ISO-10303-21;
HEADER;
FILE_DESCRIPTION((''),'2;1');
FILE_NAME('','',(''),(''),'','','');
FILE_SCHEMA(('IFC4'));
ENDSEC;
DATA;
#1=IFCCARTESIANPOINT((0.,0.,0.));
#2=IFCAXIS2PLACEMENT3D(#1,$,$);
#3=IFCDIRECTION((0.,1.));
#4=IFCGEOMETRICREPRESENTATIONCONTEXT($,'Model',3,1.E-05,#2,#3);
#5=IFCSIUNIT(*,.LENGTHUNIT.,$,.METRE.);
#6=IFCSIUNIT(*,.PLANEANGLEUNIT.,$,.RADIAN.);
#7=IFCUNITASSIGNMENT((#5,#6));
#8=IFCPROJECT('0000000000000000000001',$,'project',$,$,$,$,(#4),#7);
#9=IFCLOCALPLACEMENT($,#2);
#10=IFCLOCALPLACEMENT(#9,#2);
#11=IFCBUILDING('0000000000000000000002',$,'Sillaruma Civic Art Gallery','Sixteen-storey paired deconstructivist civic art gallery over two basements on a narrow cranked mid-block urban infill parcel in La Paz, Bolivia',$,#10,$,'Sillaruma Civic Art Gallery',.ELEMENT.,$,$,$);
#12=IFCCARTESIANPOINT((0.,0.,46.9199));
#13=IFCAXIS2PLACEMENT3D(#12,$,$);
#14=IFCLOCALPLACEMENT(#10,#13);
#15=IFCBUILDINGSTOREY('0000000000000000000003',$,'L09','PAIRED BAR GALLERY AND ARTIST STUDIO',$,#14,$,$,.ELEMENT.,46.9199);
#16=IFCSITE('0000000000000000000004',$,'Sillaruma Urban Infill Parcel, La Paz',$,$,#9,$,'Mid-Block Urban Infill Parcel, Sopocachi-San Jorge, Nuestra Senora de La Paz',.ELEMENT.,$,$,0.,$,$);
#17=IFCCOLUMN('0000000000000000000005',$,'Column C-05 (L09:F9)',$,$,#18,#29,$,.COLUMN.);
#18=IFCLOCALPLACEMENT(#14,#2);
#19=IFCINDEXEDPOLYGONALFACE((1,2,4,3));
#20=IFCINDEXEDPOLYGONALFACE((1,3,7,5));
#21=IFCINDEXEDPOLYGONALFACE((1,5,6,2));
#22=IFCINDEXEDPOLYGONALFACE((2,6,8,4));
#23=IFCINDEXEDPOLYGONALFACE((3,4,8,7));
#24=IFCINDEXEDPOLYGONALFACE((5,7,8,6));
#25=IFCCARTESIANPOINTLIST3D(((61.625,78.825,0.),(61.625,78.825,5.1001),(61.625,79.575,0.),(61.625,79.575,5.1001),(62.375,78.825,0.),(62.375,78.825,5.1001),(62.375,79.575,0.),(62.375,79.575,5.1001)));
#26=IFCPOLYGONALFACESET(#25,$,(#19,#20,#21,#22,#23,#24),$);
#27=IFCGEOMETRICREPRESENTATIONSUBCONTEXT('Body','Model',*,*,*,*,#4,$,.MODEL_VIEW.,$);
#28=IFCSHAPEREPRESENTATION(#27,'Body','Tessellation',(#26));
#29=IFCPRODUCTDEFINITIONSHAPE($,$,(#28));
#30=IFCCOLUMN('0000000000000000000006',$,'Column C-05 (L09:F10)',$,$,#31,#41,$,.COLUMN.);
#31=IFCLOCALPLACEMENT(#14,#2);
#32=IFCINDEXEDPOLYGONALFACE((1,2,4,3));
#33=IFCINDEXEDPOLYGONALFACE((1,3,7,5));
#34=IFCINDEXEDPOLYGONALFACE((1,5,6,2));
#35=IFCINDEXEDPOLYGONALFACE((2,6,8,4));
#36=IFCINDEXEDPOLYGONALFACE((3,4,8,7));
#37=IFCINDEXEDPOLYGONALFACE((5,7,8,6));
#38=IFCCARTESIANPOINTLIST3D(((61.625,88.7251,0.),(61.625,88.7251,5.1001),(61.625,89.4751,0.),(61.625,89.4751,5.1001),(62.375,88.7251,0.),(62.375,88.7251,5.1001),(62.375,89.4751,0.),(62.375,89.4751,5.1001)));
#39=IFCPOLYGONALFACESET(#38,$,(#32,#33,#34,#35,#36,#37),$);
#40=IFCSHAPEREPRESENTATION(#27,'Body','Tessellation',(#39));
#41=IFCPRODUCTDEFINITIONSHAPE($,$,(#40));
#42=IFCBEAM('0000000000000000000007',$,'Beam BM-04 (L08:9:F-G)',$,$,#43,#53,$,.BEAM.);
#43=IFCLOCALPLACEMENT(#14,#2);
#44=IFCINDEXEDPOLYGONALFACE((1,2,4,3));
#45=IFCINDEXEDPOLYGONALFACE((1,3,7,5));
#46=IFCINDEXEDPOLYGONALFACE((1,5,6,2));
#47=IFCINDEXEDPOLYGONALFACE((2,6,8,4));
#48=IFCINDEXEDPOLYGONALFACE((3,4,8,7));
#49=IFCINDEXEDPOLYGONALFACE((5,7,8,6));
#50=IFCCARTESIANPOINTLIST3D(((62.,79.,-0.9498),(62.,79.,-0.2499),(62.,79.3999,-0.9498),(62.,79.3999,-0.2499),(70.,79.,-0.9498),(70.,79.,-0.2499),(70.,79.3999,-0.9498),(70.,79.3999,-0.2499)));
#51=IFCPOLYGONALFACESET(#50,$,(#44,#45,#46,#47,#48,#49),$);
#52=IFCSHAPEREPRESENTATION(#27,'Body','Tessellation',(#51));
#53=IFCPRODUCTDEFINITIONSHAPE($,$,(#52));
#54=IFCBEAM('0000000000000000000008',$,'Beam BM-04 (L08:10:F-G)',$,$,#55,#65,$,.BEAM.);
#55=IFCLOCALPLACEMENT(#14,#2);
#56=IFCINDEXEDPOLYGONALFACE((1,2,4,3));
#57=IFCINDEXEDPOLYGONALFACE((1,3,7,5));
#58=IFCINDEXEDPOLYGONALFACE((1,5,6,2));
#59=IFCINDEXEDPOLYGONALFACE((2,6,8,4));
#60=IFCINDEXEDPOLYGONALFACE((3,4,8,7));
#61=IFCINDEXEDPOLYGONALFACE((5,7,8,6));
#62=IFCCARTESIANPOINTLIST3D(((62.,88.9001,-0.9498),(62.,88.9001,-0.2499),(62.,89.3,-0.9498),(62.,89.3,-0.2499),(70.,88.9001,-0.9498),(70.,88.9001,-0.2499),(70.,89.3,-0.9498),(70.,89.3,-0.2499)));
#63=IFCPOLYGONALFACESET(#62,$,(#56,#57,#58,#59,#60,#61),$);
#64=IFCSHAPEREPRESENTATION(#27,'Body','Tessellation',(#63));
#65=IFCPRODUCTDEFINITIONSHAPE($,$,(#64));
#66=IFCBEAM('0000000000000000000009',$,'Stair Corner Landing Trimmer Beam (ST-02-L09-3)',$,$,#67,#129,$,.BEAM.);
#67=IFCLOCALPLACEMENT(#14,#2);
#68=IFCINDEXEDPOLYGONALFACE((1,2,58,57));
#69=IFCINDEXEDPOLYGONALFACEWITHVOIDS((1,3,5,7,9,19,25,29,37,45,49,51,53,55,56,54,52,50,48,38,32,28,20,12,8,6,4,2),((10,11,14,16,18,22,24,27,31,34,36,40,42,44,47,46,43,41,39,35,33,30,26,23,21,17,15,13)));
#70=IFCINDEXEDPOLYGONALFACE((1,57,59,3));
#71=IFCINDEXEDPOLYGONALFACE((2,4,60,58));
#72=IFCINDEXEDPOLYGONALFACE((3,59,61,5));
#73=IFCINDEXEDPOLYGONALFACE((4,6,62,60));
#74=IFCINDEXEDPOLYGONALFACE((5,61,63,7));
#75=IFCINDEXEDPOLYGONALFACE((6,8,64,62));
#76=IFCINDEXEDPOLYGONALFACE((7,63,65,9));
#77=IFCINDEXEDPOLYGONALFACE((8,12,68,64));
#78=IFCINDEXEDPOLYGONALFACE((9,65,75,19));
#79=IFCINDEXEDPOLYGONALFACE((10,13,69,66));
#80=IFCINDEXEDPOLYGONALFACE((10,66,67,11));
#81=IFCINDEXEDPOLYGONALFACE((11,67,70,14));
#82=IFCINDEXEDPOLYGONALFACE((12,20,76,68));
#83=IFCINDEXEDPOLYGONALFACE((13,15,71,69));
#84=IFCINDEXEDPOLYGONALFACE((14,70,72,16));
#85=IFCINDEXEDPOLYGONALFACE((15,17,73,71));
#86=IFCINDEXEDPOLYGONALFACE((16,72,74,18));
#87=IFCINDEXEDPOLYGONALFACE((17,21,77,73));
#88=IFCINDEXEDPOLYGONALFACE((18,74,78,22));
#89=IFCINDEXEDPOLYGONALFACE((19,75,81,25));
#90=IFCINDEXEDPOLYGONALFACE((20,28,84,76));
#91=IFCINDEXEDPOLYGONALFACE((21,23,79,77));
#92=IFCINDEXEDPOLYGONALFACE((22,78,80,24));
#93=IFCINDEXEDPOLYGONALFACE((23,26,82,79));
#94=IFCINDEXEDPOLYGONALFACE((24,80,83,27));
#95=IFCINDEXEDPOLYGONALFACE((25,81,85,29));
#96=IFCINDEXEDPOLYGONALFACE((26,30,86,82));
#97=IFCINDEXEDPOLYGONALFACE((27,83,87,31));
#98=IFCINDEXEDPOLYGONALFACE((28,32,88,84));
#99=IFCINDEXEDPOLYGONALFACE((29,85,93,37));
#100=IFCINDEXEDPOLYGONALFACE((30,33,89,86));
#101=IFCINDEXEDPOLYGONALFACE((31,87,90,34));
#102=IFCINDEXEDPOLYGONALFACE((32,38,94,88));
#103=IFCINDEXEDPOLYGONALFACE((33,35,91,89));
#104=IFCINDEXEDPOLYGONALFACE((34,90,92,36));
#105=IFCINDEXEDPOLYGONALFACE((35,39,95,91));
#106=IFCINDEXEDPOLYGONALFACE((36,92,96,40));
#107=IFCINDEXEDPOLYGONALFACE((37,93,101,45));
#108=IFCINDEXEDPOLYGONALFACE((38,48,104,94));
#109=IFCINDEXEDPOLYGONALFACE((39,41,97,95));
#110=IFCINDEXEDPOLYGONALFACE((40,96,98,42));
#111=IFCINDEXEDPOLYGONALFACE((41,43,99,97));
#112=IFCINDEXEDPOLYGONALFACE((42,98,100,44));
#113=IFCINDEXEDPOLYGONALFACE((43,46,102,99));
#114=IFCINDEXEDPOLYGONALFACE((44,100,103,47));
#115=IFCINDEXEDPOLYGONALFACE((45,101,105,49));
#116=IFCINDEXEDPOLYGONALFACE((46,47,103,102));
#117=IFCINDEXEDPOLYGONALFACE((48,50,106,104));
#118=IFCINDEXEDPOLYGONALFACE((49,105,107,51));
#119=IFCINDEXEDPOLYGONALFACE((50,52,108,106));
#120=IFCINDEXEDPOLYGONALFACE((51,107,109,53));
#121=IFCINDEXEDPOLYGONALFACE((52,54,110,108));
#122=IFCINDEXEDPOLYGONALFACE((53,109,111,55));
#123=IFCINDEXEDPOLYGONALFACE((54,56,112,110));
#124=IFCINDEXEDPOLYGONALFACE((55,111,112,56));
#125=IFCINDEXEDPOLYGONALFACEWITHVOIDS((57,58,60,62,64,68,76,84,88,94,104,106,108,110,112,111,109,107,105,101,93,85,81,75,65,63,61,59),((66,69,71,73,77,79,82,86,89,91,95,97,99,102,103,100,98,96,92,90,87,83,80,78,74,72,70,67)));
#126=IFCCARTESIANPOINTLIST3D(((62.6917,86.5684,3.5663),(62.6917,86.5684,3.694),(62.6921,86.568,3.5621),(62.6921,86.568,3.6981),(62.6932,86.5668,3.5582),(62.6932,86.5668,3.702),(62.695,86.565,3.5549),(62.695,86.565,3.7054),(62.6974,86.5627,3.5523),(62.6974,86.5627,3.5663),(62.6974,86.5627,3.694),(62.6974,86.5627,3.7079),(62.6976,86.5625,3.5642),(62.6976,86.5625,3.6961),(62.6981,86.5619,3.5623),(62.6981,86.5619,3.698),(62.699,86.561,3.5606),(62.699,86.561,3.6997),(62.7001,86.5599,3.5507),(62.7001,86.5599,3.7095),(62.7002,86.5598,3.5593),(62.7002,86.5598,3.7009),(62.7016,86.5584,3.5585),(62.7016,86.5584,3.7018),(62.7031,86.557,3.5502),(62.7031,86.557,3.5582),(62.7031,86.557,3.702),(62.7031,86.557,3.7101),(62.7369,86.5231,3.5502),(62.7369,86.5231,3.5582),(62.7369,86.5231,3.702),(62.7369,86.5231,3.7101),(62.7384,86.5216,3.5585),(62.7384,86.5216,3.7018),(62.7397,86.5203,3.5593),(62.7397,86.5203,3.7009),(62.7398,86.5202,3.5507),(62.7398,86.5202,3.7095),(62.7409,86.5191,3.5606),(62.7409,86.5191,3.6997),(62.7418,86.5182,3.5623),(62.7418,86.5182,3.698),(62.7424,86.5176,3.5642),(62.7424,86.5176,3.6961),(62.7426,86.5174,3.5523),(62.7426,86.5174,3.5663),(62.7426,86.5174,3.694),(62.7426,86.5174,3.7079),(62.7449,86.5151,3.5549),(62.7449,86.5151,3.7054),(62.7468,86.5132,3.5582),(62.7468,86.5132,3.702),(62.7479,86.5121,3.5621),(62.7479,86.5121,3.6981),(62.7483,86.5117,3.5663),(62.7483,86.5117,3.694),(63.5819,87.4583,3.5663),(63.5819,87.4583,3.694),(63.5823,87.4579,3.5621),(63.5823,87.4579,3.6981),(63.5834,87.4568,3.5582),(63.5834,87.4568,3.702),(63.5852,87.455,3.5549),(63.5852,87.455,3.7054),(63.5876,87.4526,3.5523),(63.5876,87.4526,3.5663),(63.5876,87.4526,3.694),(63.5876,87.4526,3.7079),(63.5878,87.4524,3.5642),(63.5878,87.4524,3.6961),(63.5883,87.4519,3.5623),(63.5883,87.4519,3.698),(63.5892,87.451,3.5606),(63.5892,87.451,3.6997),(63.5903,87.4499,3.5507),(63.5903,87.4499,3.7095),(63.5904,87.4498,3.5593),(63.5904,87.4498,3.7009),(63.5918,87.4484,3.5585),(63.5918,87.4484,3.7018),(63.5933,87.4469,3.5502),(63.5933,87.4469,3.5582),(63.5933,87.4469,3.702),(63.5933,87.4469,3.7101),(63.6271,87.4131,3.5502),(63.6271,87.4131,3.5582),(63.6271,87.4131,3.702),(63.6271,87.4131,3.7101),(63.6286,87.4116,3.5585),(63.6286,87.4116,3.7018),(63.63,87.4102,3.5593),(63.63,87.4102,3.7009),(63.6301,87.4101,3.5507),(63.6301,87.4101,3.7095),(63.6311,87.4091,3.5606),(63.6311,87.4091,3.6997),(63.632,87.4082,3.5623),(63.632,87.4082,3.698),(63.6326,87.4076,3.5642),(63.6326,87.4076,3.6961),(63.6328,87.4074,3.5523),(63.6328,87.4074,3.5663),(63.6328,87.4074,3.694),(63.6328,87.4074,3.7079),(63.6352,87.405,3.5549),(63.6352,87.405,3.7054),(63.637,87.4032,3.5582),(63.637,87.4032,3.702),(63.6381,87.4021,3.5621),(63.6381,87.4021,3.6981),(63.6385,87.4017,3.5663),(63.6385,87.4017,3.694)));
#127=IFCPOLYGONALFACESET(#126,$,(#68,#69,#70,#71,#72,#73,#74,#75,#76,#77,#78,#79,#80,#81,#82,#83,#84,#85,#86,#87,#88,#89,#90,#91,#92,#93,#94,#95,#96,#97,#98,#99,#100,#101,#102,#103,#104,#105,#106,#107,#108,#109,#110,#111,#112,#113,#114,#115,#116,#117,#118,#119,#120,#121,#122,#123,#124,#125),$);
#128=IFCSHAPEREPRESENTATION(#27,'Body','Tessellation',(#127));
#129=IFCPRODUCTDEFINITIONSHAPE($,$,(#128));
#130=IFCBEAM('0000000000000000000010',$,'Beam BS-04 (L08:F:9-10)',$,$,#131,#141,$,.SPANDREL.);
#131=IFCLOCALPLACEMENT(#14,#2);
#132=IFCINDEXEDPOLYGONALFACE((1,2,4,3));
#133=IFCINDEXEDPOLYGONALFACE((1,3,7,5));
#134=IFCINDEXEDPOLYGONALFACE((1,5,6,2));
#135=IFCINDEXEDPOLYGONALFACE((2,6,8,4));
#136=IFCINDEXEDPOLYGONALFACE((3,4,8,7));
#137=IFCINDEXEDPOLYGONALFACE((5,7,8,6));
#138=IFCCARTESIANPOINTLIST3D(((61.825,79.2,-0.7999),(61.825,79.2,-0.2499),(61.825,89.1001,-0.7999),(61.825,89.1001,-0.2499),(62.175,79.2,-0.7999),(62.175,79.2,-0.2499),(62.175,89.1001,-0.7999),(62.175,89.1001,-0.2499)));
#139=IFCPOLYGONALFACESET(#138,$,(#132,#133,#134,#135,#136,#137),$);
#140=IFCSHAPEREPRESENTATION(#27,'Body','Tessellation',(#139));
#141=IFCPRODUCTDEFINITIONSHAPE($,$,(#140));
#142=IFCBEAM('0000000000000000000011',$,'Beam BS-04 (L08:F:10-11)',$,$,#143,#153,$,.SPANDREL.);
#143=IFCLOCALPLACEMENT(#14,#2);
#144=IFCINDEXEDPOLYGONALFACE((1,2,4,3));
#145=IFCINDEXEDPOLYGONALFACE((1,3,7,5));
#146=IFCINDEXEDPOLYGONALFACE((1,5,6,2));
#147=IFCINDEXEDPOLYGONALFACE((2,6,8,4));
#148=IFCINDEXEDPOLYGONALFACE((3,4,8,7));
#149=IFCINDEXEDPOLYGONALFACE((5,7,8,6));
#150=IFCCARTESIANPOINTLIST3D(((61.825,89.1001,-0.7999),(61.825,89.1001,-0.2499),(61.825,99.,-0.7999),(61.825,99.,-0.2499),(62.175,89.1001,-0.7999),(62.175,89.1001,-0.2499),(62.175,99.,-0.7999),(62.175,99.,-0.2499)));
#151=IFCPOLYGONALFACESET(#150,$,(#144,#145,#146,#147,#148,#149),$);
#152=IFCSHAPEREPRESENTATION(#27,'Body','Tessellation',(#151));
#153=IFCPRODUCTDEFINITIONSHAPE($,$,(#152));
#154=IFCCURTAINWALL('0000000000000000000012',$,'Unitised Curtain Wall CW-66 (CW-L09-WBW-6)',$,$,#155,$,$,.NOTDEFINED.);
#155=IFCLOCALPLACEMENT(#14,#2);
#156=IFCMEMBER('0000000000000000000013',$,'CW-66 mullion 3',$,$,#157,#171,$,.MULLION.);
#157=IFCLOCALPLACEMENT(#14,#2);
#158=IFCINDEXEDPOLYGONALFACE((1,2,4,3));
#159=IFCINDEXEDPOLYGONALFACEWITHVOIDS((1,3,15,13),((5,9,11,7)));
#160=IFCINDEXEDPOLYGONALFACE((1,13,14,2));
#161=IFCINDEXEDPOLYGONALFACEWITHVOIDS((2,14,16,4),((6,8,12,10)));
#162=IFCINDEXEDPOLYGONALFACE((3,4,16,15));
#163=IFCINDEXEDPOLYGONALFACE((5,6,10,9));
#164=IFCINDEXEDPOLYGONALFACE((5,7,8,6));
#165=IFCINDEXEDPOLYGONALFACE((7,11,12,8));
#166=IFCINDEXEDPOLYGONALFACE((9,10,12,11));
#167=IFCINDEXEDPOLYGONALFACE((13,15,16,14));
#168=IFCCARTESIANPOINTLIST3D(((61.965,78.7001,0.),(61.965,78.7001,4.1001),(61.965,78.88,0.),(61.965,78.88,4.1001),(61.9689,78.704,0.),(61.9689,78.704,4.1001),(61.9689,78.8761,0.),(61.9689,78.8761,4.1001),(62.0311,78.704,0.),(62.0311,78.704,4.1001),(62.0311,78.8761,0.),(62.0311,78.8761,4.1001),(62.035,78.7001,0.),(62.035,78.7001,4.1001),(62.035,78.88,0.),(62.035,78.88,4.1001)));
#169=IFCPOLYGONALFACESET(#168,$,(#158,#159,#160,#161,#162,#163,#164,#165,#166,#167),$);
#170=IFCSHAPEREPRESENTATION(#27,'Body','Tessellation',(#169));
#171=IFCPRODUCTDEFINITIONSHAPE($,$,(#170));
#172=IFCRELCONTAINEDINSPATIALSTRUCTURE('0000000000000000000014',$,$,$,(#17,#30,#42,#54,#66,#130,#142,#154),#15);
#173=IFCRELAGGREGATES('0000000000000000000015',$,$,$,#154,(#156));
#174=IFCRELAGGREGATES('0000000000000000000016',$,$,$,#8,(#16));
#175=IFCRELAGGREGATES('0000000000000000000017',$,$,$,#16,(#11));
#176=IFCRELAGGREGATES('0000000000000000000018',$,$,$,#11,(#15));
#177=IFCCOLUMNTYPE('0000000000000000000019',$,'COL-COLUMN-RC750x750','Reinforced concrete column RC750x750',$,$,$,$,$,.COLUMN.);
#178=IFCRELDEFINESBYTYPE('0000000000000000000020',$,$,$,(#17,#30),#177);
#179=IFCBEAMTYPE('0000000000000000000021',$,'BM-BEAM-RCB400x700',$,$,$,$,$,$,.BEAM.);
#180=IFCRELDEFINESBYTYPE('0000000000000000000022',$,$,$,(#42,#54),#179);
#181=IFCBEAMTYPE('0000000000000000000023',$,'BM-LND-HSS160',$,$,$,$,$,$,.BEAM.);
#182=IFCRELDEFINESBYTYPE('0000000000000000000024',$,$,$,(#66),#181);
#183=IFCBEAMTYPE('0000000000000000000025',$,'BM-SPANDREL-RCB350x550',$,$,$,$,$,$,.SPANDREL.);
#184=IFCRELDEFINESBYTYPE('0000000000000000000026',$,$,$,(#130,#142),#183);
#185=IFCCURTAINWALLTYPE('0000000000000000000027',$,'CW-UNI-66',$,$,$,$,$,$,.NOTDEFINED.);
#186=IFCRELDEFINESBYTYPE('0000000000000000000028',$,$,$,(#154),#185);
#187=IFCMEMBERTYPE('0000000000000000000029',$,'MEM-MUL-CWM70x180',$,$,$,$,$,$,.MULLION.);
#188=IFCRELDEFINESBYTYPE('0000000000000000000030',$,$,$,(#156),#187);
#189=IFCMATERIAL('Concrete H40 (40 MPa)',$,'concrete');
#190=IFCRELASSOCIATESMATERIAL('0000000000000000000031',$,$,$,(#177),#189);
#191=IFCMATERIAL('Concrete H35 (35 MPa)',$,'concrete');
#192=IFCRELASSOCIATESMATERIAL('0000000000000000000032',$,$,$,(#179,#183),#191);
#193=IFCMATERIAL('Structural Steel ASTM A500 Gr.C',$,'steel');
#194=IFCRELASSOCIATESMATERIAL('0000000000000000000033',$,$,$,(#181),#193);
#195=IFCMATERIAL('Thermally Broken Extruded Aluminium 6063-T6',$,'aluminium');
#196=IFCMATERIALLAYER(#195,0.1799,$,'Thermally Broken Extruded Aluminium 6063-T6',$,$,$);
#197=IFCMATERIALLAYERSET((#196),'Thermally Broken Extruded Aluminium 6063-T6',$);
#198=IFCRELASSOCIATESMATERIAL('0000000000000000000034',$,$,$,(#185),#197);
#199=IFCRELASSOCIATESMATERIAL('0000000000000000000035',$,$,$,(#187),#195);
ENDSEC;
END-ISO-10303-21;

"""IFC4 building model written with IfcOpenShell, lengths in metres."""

from ifc_helpers import new_model, si_unit, direction, frame, origin, origin_2d, place, context, subcontext, project, spatial, rectangle, hollow_rectangle, extrude, material, layer, layer_set, material_profile, profile_set, type_object, element, aggregate, save


model = new_model("IFC4")

# Units and contexts
model_context = context("Model", 3, precision=1e-05, world=origin(), true_north=direction((0.0, 1.0)))
body_context = subcontext(model_context, "Body", "Model", "MODEL_VIEW")
ifc_project = project(units=[si_unit("LENGTHUNIT", "METRE"), si_unit("PLANEANGLEUNIT", "RADIAN")], contexts=[model_context])

# Site, building, storey
site_placement = place(None, origin())
site = spatial("IfcSite", under=ifc_project, at=site_placement, Name="Sillaruma Urban Infill Parcel, La Paz", LongName="Mid-Block Urban Infill Parcel, Sopocachi-San Jorge, Nuestra Senora de La Paz", CompositionType="ELEMENT", RefElevation=0.0)
building_placement = place(site_placement, origin())
building = spatial("IfcBuilding", under=site, at=building_placement, Name="Sillaruma Civic Art Gallery", Description="Sixteen-storey paired deconstructivist civic art gallery over two basements on a narrow cranked mid-block urban infill parcel in La Paz, Bolivia", LongName="Sillaruma Civic Art Gallery", CompositionType="ELEMENT")
storey_placement = place(building_placement, frame((0.0, 0.0, 46.9199)))
storey = spatial("IfcBuildingStorey", under=building, at=storey_placement, Name="L09", Description="PAIRED BAR GALLERY AND ARTIST STUDIO", CompositionType="ELEMENT", Elevation=46.9199)

# Columns
ifc_material_1 = material(Name="Concrete H40 (40 MPa)", Category="concrete")
ifc_material_profile_1 = material_profile(ifc_material_1, rectangle(XDim=0.75, YDim=0.75, at=origin_2d()), Name="RC750x750")
ifc_profile_set_1 = profile_set([ifc_material_profile_1], Name="Concrete H40 (40 MPa)")
column_type = type_object("IfcColumnType", Name="COL-COLUMN-RC750x750", Description="Reinforced concrete column RC750x750", PredefinedType="COLUMN", material=ifc_profile_set_1)
for number, where, z_axis, x_axis, name in (
    (1, (62.0, 79.2, 0.0), (0.0, 0.0, 1.0), (1.0, 0.0, 0.0), "Column C-05 (L09:F9)"),
    (2, (62.0, 89.1001, 0.0), (0.0, 0.0, 1.0), (1.0, 0.0, 0.0), "Column C-05 (L09:F10)"),
):
    element("IfcColumn", number, at=place(storey_placement, frame(where, z_axis=z_axis, x_axis=x_axis)), inside=storey, type_object=column_type, Name=name, PredefinedType="COLUMN", context=body_context, shape_type="SweptSolid", body=[
        extrude(rectangle(XDim=0.75, YDim=0.75, at=origin_2d()), origin(), (0.0, 0.0, 1.0), 5.1001),
    ])

# Beams
ifc_material_2 = material(Name="Concrete H35 (35 MPa)", Category="concrete")
ifc_material_profile_2 = material_profile(ifc_material_2, rectangle(XDim=0.3999, YDim=0.7, at=origin_2d()), Name="RCB400x700")
ifc_profile_set_2 = profile_set([ifc_material_profile_2], Name="Concrete H35 (35 MPa)")
beam_type_1 = type_object("IfcBeamType", Name="BM-BEAM-RCB400x700", PredefinedType="BEAM", material=ifc_profile_set_2)
for number, where, z_axis, x_axis, name in (
    (3, (62.0, 79.2, -0.5999), (1.0, 0.0, 0.0), (0.0, 1.0, 0.0), "Beam BM-04 (L08:9:F-G)"),
    (4, (62.0, 89.1001, -0.5999), (1.0, 0.0, 0.0), (0.0, 1.0, 0.0), "Beam BM-04 (L08:10:F-G)"),
):
    element("IfcBeam", number, at=place(storey_placement, frame(where, z_axis=z_axis, x_axis=x_axis)), inside=storey, type_object=beam_type_1, Name=name, PredefinedType="BEAM", context=body_context, shape_type="SweptSolid", body=[
        extrude(rectangle(XDim=0.3999, YDim=0.7, at=origin_2d()), origin(), (0.0, 0.0, 1.0), 8.0),
    ])
ifc_material_3 = material(Name="Structural Steel ASTM A500 Gr.C", Category="steel")
ifc_material_profile_3 = material_profile(ifc_material_3, hollow_rectangle(XDim=0.0801, YDim=0.1599, WallThickness=0.0081, InnerFilletRadius=0.0081, OuterFilletRadius=0.0161, at=origin_2d()), Name="HSS160x80x8")
ifc_profile_set_3 = profile_set([ifc_material_profile_3], Name="Structural Steel ASTM A500 Gr.C")
beam_type_2 = type_object("IfcBeamType", Name="BM-LND-HSS160", PredefinedType="BEAM", material=ifc_profile_set_3)
beam_1_placement = place(storey_placement, frame((62.72, 86.54, 3.6301), z_axis=(0.707204, 0.70701, 0.0), x_axis=(-0.70701, 0.707204, 0.0)))
element("IfcBeam", 5, at=beam_1_placement, inside=storey, type_object=beam_type_2, Name="Stair Corner Landing Trimmer Beam (ST-02-L09-3)", PredefinedType="BEAM", context=body_context, shape_type="SweptSolid", body=[
    extrude(hollow_rectangle(XDim=0.0801, YDim=0.1599, WallThickness=0.0081, InnerFilletRadius=0.0081, OuterFilletRadius=0.0161, at=origin_2d()), origin(), (0.0, 0.0, 1.0), 1.2588),
])
ifc_material_profile_4 = material_profile(ifc_material_2, rectangle(XDim=0.3501, YDim=0.55, at=origin_2d()), Name="RCB350x550")
ifc_profile_set_4 = profile_set([ifc_material_profile_4], Name="Concrete H35 (35 MPa)")
beam_type_3 = type_object("IfcBeamType", Name="BM-SPANDREL-RCB350x550", PredefinedType="SPANDREL", material=ifc_profile_set_4)
beam_2_placement = place(storey_placement, frame((62.0, 79.2, -0.5249), z_axis=(0.0, 1.0, 0.0), x_axis=(-1.0, 0.0, 0.0)))
element("IfcBeam", 6, at=beam_2_placement, inside=storey, type_object=beam_type_3, Name="Beam BS-04 (L08:F:9-10)", PredefinedType="SPANDREL", context=body_context, shape_type="SweptSolid", body=[
    extrude(rectangle(XDim=0.3501, YDim=0.55, at=origin_2d()), origin(), (0.0, 0.0, 1.0), 9.9001),
])
beam_3_placement = place(storey_placement, frame((62.0, 89.1001, -0.5249), z_axis=(0.0, 1.0, 0.0), x_axis=(-1.0, 0.0, 0.0)))
element("IfcBeam", 7, at=beam_3_placement, inside=storey, type_object=beam_type_3, Name="Beam BS-04 (L08:F:10-11)", PredefinedType="SPANDREL", context=body_context, shape_type="SweptSolid", body=[
    extrude(rectangle(XDim=0.3501, YDim=0.55, at=origin_2d()), origin(), (0.0, 0.0, 1.0), 9.8999),
])

# Curtain wall, member
ifc_material_4 = material(Name="Thermally Broken Extruded Aluminium 6063-T6", Category="aluminium")
ifc_layer_1 = layer(ifc_material_4, 0.1799, Name="Thermally Broken Extruded Aluminium 6063-T6")
ifc_layer_set_1 = layer_set([ifc_layer_1], Name="Thermally Broken Extruded Aluminium 6063-T6")
curtain_wall_type = type_object("IfcCurtainWallType", Name="CW-UNI-66", PredefinedType="NOTDEFINED", material=ifc_layer_set_1)
curtain_wall_placement = place(storey_placement, origin())
curtain_wall = element("IfcCurtainWall", 8, at=curtain_wall_placement, inside=storey, type_object=curtain_wall_type, Name="Unitised Curtain Wall CW-66 (CW-L09-WBW-6)", PredefinedType="NOTDEFINED")
ifc_material_profile_5 = material_profile(ifc_material_4, hollow_rectangle(XDim=0.0701, YDim=0.1799, WallThickness=0.0039, at=origin_2d()), Name="CWM70x180")
ifc_profile_set_5 = profile_set([ifc_material_profile_5], Name="Thermally Broken Extruded Aluminium 6063-T6")
member_type_1 = type_object("IfcMemberType", Name="MEM-MUL-CWM70x180", PredefinedType="MULLION", material=ifc_profile_set_5)
member_1_placement = place(storey_placement, frame((62.0, 78.79, 0.0), z_axis=(0.0, 0.0, 1.0), x_axis=(-1.0, 0.0, 0.0)))
member_1 = element("IfcMember", 9, at=member_1_placement, type_object=member_type_1, Name="CW-66 mullion 3", PredefinedType="MULLION", context=body_context, shape_type="SweptSolid", body=[
    extrude(hollow_rectangle(XDim=0.0701, YDim=0.1799, WallThickness=0.0039, at=origin_2d()), origin(), (0.0, 0.0, 1.0), 4.1001),
])

aggregate(curtain_wall, [member_1])

save(model, "model.ifc")
